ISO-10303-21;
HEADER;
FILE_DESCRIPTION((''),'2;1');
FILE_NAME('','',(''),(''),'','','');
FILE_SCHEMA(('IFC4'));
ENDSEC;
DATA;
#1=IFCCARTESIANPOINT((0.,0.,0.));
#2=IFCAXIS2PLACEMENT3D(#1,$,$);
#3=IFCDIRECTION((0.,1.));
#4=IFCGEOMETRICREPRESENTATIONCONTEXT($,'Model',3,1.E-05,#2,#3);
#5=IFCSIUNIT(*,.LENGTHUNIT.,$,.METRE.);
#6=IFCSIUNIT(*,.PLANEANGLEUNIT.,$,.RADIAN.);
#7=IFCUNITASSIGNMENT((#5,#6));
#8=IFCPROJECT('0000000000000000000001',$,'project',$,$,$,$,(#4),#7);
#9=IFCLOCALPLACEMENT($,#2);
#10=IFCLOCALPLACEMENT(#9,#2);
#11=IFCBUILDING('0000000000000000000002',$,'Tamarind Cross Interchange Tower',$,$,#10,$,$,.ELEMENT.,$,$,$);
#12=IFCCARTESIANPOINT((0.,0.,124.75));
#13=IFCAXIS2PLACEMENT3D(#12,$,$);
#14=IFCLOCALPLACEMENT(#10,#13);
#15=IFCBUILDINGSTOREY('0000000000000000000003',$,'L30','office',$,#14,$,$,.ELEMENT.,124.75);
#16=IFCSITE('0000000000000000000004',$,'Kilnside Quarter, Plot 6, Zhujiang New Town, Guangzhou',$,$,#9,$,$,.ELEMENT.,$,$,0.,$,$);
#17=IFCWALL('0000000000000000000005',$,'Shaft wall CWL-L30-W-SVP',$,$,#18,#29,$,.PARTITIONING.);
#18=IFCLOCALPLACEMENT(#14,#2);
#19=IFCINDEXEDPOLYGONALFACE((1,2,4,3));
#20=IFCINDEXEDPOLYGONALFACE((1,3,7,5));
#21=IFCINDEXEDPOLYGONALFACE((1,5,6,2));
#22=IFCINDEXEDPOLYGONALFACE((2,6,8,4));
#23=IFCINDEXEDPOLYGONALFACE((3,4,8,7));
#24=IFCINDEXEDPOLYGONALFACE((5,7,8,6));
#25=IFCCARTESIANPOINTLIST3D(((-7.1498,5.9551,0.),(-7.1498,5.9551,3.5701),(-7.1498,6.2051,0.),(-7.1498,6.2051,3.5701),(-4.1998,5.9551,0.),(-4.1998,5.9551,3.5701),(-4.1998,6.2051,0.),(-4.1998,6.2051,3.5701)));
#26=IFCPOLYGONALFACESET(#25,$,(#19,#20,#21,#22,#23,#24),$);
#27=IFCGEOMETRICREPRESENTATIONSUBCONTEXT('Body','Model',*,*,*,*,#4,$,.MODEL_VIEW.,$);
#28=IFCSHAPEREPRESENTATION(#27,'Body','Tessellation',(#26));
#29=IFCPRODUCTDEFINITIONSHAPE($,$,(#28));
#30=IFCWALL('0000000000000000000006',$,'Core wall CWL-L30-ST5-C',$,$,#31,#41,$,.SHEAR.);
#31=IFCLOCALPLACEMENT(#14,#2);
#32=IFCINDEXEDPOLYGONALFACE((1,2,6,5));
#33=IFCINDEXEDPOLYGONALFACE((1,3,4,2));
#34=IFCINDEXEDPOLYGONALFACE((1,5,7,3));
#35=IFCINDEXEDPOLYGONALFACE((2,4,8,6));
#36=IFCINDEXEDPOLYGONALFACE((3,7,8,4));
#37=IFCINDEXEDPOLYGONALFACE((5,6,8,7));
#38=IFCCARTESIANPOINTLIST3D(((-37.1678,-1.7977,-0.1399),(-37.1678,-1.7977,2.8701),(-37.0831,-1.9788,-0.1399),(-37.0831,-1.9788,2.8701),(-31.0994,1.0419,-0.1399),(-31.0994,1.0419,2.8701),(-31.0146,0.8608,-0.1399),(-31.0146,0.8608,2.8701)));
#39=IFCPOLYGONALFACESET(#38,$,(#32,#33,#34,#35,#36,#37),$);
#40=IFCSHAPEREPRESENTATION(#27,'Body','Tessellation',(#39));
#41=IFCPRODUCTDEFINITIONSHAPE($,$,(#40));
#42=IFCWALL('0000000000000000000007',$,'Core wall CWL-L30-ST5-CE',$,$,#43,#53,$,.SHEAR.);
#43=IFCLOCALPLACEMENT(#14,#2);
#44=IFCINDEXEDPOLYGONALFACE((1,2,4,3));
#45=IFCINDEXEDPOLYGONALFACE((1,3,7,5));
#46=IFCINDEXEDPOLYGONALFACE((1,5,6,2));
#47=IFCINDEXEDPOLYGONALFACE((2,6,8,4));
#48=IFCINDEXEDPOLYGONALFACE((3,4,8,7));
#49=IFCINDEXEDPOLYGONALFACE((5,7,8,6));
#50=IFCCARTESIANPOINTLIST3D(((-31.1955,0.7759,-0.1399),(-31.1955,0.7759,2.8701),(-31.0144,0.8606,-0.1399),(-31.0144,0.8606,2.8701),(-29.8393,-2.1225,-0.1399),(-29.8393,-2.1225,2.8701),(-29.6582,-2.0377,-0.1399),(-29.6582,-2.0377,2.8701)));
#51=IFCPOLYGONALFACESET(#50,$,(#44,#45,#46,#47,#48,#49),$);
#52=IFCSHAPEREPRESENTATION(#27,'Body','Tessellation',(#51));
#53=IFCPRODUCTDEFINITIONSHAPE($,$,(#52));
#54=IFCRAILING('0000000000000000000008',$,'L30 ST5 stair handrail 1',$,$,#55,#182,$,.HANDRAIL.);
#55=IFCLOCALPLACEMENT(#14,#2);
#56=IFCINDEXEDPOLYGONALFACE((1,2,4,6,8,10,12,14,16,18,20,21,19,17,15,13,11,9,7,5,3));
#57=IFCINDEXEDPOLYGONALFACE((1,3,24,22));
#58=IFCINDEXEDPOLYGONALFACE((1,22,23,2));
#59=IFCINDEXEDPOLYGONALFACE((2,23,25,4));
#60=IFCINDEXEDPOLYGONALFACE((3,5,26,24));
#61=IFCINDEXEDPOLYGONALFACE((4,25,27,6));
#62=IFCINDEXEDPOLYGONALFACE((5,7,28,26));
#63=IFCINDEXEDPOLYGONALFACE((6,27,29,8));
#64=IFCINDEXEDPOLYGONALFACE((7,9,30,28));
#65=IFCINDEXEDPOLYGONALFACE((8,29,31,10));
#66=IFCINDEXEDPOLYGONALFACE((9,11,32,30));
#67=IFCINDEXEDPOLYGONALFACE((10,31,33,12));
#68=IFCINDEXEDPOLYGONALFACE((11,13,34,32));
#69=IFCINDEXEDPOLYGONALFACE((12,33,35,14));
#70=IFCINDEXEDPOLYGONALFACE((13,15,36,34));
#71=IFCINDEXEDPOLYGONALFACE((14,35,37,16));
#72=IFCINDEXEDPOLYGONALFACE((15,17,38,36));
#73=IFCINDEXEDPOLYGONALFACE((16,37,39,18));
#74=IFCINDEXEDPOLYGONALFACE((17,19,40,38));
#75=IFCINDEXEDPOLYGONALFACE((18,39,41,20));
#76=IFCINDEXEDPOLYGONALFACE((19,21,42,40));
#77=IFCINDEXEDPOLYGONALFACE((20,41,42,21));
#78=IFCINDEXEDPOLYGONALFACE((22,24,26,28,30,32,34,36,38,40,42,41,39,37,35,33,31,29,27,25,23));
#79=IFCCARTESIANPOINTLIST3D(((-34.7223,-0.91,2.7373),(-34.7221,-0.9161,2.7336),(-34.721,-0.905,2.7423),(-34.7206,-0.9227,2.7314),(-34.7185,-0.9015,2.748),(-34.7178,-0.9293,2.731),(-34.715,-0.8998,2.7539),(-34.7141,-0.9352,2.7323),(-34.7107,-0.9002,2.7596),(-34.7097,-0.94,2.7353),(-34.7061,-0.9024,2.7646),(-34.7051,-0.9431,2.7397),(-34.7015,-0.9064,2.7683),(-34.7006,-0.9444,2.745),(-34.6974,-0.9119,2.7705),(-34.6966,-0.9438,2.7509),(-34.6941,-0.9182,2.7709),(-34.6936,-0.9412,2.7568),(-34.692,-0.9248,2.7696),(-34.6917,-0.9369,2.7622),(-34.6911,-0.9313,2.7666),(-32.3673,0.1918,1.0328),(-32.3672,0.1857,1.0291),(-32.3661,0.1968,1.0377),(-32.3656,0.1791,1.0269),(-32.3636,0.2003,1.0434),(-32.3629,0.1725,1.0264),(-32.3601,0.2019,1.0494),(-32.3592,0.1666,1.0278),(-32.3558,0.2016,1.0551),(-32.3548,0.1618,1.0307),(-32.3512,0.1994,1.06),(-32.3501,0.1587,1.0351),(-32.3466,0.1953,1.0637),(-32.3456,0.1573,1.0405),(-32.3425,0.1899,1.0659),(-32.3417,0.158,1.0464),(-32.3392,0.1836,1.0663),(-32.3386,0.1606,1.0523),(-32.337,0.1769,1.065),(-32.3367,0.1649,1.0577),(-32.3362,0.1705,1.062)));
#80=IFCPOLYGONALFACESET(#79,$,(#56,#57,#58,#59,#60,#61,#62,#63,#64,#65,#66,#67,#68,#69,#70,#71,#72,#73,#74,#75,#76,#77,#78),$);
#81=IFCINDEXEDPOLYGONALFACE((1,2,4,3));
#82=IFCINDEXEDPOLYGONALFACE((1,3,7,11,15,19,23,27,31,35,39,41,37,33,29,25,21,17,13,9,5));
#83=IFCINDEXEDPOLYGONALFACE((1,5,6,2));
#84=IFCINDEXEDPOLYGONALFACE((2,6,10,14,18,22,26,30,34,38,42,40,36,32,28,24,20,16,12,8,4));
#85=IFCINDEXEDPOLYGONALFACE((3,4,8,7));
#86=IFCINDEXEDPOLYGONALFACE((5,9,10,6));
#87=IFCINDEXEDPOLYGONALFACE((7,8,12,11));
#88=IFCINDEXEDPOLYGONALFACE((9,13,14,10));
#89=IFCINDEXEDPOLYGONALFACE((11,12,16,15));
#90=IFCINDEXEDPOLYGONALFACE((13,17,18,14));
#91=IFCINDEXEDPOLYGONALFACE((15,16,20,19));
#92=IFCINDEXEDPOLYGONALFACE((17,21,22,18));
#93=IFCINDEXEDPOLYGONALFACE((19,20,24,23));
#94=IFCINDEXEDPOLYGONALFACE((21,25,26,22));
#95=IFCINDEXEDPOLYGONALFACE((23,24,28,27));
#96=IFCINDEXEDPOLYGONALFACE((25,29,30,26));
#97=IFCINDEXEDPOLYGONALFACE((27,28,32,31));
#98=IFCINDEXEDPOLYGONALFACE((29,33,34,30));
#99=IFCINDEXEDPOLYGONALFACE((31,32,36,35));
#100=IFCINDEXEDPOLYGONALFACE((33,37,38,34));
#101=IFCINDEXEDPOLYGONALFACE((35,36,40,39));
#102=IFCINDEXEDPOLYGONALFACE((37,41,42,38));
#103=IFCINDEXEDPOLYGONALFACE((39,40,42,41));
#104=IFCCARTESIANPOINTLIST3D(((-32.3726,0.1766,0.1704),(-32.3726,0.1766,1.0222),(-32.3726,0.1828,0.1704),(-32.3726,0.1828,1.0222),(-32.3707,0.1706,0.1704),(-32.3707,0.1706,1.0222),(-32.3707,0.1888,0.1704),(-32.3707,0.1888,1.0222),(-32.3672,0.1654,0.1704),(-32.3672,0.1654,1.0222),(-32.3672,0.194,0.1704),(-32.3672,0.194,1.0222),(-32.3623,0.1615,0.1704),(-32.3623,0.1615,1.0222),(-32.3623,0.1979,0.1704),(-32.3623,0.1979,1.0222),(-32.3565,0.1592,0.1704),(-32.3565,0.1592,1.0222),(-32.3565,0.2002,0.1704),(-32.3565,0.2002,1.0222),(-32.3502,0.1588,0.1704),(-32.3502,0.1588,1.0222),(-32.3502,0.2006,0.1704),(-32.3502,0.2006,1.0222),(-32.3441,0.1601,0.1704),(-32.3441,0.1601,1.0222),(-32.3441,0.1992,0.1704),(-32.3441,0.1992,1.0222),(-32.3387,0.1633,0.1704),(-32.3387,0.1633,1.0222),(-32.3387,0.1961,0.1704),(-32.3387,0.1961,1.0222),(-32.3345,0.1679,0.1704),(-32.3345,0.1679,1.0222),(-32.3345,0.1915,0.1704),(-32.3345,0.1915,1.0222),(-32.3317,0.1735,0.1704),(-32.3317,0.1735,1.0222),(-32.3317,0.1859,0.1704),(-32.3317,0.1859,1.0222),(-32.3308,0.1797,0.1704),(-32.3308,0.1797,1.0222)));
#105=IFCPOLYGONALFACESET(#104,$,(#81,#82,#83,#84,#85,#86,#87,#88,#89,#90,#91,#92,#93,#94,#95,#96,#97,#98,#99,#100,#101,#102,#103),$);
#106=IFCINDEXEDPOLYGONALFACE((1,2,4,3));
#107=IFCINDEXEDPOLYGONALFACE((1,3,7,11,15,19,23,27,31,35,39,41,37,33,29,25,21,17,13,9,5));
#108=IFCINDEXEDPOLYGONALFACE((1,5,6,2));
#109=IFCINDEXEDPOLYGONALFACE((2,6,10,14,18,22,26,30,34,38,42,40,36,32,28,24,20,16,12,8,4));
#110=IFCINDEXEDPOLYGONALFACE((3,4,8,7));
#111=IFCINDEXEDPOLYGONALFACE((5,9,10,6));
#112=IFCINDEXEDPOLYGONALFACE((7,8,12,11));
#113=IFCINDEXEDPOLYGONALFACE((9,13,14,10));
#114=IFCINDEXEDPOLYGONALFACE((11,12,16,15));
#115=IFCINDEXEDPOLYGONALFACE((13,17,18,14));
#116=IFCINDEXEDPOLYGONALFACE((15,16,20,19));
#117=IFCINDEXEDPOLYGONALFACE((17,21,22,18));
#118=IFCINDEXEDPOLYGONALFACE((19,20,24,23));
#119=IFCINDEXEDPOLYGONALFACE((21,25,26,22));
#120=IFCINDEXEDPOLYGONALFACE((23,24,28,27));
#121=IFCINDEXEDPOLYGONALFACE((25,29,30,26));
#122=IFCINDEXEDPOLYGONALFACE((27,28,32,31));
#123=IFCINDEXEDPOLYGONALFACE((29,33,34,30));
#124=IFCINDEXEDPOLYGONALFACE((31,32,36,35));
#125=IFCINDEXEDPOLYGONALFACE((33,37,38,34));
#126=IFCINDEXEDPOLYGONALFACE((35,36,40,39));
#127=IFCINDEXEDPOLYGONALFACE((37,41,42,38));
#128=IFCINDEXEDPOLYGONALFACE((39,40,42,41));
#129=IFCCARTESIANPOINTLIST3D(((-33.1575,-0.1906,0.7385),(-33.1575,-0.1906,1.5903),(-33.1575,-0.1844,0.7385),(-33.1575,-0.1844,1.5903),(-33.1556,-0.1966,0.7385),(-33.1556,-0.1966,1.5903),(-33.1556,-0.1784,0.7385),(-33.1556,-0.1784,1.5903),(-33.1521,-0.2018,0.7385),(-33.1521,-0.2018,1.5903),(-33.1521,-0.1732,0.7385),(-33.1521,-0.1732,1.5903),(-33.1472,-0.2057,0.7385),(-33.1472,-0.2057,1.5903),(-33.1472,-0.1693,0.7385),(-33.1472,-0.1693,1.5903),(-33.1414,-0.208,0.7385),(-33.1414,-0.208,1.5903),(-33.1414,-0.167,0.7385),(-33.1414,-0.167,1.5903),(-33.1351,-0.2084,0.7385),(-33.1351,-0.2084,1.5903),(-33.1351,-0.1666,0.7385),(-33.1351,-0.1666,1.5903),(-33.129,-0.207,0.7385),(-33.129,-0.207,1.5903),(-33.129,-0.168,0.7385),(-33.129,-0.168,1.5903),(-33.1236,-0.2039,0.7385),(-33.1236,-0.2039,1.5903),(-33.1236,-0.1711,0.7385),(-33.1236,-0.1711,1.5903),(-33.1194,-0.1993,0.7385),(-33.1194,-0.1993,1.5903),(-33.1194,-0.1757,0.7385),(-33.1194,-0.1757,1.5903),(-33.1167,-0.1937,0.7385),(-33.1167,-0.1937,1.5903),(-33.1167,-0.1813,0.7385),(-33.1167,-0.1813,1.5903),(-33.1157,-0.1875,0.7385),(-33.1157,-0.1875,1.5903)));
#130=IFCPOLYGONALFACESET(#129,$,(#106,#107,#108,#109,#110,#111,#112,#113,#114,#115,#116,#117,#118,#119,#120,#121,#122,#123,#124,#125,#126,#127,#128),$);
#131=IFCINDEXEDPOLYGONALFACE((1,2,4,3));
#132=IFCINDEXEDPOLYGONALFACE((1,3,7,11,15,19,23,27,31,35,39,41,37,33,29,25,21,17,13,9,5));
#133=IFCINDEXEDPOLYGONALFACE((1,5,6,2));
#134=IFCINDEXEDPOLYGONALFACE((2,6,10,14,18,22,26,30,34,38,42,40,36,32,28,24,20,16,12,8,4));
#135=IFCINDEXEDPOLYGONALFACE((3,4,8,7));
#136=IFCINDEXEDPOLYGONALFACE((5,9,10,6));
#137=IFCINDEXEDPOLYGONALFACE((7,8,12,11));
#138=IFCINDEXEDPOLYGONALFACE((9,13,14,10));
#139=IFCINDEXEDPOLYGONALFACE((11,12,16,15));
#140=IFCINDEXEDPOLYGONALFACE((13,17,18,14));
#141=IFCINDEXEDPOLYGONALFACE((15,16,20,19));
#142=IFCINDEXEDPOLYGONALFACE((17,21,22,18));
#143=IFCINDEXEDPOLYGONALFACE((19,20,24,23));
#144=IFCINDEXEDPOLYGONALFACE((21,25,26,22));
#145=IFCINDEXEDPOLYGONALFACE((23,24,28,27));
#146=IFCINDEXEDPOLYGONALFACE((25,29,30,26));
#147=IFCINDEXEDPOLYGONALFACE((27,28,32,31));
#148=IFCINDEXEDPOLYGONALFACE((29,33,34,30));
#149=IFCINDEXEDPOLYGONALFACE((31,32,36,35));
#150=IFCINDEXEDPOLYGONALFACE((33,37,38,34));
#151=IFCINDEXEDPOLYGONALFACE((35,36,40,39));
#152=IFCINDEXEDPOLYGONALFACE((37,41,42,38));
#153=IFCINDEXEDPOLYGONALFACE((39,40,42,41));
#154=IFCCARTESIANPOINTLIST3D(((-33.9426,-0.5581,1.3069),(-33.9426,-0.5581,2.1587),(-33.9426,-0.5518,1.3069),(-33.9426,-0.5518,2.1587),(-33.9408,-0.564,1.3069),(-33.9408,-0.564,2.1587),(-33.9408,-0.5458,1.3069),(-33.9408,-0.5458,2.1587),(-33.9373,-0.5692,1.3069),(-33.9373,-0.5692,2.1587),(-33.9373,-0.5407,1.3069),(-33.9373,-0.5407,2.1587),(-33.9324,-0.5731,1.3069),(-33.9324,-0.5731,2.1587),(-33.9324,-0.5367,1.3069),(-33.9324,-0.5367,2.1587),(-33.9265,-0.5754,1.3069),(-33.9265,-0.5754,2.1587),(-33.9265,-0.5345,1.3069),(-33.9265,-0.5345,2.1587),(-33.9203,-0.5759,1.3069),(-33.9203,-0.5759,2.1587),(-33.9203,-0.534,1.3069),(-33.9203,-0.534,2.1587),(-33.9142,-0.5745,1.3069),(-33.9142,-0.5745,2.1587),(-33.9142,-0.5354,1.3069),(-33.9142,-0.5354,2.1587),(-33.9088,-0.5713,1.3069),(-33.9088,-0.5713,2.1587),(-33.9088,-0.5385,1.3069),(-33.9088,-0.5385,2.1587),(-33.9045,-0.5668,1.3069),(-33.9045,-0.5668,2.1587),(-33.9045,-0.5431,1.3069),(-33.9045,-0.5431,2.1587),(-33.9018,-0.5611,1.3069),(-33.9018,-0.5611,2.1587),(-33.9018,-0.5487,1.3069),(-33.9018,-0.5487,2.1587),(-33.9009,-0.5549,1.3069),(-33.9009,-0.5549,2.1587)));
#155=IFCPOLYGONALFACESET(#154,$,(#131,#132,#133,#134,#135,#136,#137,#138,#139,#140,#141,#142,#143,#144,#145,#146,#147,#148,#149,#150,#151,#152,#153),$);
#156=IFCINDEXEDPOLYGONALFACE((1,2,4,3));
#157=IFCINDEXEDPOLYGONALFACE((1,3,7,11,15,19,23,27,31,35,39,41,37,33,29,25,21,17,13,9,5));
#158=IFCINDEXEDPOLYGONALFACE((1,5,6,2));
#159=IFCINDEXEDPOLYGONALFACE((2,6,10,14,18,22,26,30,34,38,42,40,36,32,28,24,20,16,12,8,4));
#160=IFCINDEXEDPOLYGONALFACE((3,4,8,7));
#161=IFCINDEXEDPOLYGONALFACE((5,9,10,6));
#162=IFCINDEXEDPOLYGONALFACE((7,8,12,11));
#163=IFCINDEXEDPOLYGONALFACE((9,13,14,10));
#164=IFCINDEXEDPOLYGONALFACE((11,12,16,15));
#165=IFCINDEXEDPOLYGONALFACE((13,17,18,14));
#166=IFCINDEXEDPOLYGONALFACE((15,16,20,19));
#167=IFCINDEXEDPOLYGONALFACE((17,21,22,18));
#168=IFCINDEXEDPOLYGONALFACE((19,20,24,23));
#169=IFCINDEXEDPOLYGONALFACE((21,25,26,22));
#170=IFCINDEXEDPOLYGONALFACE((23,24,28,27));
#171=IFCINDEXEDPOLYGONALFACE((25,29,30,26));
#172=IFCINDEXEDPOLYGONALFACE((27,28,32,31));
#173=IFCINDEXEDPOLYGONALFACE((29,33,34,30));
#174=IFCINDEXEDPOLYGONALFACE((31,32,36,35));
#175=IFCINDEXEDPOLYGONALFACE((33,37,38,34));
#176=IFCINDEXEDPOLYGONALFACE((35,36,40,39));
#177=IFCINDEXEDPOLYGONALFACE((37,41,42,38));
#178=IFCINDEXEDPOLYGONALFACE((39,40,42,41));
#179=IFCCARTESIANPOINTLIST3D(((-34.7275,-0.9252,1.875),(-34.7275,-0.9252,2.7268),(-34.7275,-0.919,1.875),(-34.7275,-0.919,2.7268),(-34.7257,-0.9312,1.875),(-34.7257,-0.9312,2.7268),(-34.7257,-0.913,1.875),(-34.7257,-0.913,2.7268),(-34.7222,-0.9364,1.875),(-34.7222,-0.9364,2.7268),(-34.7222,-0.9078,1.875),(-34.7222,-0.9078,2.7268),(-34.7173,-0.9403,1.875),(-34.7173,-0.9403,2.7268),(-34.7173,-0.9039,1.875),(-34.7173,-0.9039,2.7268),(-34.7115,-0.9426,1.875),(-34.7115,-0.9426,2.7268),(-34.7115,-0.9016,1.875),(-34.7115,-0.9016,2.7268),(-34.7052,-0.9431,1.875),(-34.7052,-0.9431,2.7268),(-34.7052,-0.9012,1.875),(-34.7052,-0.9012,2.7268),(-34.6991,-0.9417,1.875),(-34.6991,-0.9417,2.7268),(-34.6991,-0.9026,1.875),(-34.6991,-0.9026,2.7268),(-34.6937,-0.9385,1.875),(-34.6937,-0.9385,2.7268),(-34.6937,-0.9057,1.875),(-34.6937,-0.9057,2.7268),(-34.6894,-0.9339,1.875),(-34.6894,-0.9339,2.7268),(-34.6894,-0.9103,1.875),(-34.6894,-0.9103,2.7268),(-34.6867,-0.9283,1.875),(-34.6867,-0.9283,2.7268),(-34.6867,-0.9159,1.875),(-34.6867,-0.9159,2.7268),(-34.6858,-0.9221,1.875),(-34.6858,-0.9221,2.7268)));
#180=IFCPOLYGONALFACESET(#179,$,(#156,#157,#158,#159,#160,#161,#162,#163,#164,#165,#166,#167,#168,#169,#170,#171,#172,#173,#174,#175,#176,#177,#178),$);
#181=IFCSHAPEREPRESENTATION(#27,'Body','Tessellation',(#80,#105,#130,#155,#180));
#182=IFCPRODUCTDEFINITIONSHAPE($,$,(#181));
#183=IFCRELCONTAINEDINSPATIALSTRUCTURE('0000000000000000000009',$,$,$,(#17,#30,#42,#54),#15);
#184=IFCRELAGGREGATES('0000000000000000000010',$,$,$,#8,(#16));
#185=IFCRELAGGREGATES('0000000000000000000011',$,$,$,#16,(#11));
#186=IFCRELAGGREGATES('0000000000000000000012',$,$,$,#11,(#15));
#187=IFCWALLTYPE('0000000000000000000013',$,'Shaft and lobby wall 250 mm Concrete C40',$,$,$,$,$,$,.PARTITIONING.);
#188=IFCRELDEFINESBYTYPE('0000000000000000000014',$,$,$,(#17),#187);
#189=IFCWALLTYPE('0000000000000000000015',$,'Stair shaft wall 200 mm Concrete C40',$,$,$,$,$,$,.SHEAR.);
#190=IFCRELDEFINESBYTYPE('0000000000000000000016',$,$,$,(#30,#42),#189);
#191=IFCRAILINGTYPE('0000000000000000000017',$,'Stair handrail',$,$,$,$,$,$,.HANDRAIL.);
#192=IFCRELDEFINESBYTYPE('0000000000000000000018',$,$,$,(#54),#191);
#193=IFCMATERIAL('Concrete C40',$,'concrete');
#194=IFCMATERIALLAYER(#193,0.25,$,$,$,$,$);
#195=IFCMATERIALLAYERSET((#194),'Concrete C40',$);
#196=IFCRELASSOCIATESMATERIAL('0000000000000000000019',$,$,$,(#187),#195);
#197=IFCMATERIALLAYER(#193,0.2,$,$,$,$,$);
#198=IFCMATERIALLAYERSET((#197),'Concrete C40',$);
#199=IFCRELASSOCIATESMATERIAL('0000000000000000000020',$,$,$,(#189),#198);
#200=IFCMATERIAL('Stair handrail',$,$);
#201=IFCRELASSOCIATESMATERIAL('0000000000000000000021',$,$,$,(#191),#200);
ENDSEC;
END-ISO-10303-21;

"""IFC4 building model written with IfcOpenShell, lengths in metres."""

from ifc_helpers import new_model, si_unit, direction, frame, frame_2d, origin, origin_2d, place, context, subcontext, project, spatial, rectangle, circle, extrude, material, layer, layer_set, type_object, element, save


model = new_model("IFC4")

# Units and contexts
model_context = context("Model", 3, precision=1e-05, world=origin(), true_north=direction((0.0, 1.0)))
body_context = subcontext(model_context, "Body", "Model", "MODEL_VIEW")
ifc_project = project(units=[si_unit("LENGTHUNIT", "METRE"), si_unit("PLANEANGLEUNIT", "RADIAN")], contexts=[model_context])

# Site, building, storey
site_placement = place(None, origin())
site = spatial("IfcSite", under=ifc_project, at=site_placement, Name="Kilnside Quarter, Plot 6, Zhujiang New Town, Guangzhou", CompositionType="ELEMENT", RefElevation=0.0)
building_placement = place(site_placement, origin())
building = spatial("IfcBuilding", under=site, at=building_placement, Name="Tamarind Cross Interchange Tower", CompositionType="ELEMENT")
storey_placement = place(building_placement, frame((0.0, 0.0, 124.75)))
storey = spatial("IfcBuildingStorey", under=building, at=storey_placement, Name="L30", Description="office", CompositionType="ELEMENT", Elevation=124.75)

# Walls
ifc_material_1 = material(Name="Concrete C40", Category="concrete")
ifc_layer_1 = layer(ifc_material_1, 0.25)
ifc_layer_set_1 = layer_set([ifc_layer_1], Name="Concrete C40")
wall_type_1 = type_object("IfcWallType", Name="Shaft and lobby wall 250 mm Concrete C40", PredefinedType="PARTITIONING", material=ifc_layer_set_1)
wall_1_placement = place(storey_placement, frame((-7.1499, 6.0801, 0.0), z_axis=(0.0, 0.0, 1.0), x_axis=(1.0, 0.0, 0.0)))
element("IfcWall", 1, at=wall_1_placement, inside=storey, type_object=wall_type_1, Name="Shaft wall CWL-L30-W-SVP", PredefinedType="PARTITIONING", context=body_context, shape_type="SweptSolid", body=[
    extrude(rectangle(XDim=2.95, YDim=0.25, at=frame_2d((1.4751, 0.0))), origin(), (0.0, 0.0, 1.0), 3.5701),
])
ifc_layer_2 = layer(ifc_material_1, 0.2)
ifc_layer_set_2 = layer_set([ifc_layer_2], Name="Concrete C40")
wall_type_2 = type_object("IfcWallType", Name="Stair shaft wall 200 mm Concrete C40", PredefinedType="SHEAR", material=ifc_layer_set_2)
wall_2_placement = place(storey_placement, frame((-31.0569, 0.9514, -0.1399), z_axis=(0.0, 0.0, 1.0), x_axis=(-0.905742, -0.423829, 0.0)))
element("IfcWall", 2, at=wall_2_placement, inside=storey, type_object=wall_type_2, Name="Core wall CWL-L30-ST5-C", PredefinedType="SHEAR", context=body_context, shape_type="SweptSolid", body=[
    extrude(rectangle(XDim=6.7, YDim=0.2, at=frame_2d((3.3501, 0.0))), origin(), (0.0, 0.0, 1.0), 3.01),
])
wall_3_placement = place(storey_placement, frame((-31.105, 0.8184, -0.1399), z_axis=(0.0, 0.0, 1.0), x_axis=(0.423808, -0.905752, 0.0)))
element("IfcWall", 3, at=wall_3_placement, inside=storey, type_object=wall_type_2, Name="Core wall CWL-L30-ST5-CE", PredefinedType="SHEAR", context=body_context, shape_type="SweptSolid", body=[
    extrude(rectangle(XDim=3.2, YDim=0.2, at=frame_2d((1.6001, 0.0))), origin(), (0.0, 0.0, 1.0), 3.01),
])

# Railing
ifc_material_2 = material(Name="Stair handrail")
railing_type = type_object("IfcRailingType", Name="Stair handrail", PredefinedType="HANDRAIL", material=ifc_material_2)
railing_placement = place(storey_placement, frame((-32.3518, 0.1797, 0.1704)))
element("IfcRailing", 4, at=railing_placement, inside=storey, type_object=railing_type, Name="L30 ST5 stair handrail 1", PredefinedType="HANDRAIL", context=body_context, shape_type="SweptSolid", body=[
    extrude(circle(Radius=0.0239, at=origin_2d()), frame((0.0, 0.0, 0.876), z_axis=(-0.757485, -0.354399, 0.548286), x_axis=(0.423775, -0.905768, 0.0)), (0.0, 0.0, 1.0), 3.1089),
    extrude(circle(Radius=0.021, at=origin_2d()), origin(), (0.0, 0.0, 1.0), 0.8518),
    extrude(circle(Radius=0.021, at=origin_2d()), frame((-0.7849, -0.3672, 0.5681)), (0.0, 0.0, 1.0), 0.8518),
    extrude(circle(Radius=0.021, at=origin_2d()), frame((-1.5701, -0.7346, 1.1365)), (0.0, 0.0, 1.0), 0.8518),
    extrude(circle(Radius=0.021, at=origin_2d()), frame((-2.355, -1.1018, 1.7046)), (0.0, 0.0, 1.0), 0.8518),
])

save(model, "model.ifc")
